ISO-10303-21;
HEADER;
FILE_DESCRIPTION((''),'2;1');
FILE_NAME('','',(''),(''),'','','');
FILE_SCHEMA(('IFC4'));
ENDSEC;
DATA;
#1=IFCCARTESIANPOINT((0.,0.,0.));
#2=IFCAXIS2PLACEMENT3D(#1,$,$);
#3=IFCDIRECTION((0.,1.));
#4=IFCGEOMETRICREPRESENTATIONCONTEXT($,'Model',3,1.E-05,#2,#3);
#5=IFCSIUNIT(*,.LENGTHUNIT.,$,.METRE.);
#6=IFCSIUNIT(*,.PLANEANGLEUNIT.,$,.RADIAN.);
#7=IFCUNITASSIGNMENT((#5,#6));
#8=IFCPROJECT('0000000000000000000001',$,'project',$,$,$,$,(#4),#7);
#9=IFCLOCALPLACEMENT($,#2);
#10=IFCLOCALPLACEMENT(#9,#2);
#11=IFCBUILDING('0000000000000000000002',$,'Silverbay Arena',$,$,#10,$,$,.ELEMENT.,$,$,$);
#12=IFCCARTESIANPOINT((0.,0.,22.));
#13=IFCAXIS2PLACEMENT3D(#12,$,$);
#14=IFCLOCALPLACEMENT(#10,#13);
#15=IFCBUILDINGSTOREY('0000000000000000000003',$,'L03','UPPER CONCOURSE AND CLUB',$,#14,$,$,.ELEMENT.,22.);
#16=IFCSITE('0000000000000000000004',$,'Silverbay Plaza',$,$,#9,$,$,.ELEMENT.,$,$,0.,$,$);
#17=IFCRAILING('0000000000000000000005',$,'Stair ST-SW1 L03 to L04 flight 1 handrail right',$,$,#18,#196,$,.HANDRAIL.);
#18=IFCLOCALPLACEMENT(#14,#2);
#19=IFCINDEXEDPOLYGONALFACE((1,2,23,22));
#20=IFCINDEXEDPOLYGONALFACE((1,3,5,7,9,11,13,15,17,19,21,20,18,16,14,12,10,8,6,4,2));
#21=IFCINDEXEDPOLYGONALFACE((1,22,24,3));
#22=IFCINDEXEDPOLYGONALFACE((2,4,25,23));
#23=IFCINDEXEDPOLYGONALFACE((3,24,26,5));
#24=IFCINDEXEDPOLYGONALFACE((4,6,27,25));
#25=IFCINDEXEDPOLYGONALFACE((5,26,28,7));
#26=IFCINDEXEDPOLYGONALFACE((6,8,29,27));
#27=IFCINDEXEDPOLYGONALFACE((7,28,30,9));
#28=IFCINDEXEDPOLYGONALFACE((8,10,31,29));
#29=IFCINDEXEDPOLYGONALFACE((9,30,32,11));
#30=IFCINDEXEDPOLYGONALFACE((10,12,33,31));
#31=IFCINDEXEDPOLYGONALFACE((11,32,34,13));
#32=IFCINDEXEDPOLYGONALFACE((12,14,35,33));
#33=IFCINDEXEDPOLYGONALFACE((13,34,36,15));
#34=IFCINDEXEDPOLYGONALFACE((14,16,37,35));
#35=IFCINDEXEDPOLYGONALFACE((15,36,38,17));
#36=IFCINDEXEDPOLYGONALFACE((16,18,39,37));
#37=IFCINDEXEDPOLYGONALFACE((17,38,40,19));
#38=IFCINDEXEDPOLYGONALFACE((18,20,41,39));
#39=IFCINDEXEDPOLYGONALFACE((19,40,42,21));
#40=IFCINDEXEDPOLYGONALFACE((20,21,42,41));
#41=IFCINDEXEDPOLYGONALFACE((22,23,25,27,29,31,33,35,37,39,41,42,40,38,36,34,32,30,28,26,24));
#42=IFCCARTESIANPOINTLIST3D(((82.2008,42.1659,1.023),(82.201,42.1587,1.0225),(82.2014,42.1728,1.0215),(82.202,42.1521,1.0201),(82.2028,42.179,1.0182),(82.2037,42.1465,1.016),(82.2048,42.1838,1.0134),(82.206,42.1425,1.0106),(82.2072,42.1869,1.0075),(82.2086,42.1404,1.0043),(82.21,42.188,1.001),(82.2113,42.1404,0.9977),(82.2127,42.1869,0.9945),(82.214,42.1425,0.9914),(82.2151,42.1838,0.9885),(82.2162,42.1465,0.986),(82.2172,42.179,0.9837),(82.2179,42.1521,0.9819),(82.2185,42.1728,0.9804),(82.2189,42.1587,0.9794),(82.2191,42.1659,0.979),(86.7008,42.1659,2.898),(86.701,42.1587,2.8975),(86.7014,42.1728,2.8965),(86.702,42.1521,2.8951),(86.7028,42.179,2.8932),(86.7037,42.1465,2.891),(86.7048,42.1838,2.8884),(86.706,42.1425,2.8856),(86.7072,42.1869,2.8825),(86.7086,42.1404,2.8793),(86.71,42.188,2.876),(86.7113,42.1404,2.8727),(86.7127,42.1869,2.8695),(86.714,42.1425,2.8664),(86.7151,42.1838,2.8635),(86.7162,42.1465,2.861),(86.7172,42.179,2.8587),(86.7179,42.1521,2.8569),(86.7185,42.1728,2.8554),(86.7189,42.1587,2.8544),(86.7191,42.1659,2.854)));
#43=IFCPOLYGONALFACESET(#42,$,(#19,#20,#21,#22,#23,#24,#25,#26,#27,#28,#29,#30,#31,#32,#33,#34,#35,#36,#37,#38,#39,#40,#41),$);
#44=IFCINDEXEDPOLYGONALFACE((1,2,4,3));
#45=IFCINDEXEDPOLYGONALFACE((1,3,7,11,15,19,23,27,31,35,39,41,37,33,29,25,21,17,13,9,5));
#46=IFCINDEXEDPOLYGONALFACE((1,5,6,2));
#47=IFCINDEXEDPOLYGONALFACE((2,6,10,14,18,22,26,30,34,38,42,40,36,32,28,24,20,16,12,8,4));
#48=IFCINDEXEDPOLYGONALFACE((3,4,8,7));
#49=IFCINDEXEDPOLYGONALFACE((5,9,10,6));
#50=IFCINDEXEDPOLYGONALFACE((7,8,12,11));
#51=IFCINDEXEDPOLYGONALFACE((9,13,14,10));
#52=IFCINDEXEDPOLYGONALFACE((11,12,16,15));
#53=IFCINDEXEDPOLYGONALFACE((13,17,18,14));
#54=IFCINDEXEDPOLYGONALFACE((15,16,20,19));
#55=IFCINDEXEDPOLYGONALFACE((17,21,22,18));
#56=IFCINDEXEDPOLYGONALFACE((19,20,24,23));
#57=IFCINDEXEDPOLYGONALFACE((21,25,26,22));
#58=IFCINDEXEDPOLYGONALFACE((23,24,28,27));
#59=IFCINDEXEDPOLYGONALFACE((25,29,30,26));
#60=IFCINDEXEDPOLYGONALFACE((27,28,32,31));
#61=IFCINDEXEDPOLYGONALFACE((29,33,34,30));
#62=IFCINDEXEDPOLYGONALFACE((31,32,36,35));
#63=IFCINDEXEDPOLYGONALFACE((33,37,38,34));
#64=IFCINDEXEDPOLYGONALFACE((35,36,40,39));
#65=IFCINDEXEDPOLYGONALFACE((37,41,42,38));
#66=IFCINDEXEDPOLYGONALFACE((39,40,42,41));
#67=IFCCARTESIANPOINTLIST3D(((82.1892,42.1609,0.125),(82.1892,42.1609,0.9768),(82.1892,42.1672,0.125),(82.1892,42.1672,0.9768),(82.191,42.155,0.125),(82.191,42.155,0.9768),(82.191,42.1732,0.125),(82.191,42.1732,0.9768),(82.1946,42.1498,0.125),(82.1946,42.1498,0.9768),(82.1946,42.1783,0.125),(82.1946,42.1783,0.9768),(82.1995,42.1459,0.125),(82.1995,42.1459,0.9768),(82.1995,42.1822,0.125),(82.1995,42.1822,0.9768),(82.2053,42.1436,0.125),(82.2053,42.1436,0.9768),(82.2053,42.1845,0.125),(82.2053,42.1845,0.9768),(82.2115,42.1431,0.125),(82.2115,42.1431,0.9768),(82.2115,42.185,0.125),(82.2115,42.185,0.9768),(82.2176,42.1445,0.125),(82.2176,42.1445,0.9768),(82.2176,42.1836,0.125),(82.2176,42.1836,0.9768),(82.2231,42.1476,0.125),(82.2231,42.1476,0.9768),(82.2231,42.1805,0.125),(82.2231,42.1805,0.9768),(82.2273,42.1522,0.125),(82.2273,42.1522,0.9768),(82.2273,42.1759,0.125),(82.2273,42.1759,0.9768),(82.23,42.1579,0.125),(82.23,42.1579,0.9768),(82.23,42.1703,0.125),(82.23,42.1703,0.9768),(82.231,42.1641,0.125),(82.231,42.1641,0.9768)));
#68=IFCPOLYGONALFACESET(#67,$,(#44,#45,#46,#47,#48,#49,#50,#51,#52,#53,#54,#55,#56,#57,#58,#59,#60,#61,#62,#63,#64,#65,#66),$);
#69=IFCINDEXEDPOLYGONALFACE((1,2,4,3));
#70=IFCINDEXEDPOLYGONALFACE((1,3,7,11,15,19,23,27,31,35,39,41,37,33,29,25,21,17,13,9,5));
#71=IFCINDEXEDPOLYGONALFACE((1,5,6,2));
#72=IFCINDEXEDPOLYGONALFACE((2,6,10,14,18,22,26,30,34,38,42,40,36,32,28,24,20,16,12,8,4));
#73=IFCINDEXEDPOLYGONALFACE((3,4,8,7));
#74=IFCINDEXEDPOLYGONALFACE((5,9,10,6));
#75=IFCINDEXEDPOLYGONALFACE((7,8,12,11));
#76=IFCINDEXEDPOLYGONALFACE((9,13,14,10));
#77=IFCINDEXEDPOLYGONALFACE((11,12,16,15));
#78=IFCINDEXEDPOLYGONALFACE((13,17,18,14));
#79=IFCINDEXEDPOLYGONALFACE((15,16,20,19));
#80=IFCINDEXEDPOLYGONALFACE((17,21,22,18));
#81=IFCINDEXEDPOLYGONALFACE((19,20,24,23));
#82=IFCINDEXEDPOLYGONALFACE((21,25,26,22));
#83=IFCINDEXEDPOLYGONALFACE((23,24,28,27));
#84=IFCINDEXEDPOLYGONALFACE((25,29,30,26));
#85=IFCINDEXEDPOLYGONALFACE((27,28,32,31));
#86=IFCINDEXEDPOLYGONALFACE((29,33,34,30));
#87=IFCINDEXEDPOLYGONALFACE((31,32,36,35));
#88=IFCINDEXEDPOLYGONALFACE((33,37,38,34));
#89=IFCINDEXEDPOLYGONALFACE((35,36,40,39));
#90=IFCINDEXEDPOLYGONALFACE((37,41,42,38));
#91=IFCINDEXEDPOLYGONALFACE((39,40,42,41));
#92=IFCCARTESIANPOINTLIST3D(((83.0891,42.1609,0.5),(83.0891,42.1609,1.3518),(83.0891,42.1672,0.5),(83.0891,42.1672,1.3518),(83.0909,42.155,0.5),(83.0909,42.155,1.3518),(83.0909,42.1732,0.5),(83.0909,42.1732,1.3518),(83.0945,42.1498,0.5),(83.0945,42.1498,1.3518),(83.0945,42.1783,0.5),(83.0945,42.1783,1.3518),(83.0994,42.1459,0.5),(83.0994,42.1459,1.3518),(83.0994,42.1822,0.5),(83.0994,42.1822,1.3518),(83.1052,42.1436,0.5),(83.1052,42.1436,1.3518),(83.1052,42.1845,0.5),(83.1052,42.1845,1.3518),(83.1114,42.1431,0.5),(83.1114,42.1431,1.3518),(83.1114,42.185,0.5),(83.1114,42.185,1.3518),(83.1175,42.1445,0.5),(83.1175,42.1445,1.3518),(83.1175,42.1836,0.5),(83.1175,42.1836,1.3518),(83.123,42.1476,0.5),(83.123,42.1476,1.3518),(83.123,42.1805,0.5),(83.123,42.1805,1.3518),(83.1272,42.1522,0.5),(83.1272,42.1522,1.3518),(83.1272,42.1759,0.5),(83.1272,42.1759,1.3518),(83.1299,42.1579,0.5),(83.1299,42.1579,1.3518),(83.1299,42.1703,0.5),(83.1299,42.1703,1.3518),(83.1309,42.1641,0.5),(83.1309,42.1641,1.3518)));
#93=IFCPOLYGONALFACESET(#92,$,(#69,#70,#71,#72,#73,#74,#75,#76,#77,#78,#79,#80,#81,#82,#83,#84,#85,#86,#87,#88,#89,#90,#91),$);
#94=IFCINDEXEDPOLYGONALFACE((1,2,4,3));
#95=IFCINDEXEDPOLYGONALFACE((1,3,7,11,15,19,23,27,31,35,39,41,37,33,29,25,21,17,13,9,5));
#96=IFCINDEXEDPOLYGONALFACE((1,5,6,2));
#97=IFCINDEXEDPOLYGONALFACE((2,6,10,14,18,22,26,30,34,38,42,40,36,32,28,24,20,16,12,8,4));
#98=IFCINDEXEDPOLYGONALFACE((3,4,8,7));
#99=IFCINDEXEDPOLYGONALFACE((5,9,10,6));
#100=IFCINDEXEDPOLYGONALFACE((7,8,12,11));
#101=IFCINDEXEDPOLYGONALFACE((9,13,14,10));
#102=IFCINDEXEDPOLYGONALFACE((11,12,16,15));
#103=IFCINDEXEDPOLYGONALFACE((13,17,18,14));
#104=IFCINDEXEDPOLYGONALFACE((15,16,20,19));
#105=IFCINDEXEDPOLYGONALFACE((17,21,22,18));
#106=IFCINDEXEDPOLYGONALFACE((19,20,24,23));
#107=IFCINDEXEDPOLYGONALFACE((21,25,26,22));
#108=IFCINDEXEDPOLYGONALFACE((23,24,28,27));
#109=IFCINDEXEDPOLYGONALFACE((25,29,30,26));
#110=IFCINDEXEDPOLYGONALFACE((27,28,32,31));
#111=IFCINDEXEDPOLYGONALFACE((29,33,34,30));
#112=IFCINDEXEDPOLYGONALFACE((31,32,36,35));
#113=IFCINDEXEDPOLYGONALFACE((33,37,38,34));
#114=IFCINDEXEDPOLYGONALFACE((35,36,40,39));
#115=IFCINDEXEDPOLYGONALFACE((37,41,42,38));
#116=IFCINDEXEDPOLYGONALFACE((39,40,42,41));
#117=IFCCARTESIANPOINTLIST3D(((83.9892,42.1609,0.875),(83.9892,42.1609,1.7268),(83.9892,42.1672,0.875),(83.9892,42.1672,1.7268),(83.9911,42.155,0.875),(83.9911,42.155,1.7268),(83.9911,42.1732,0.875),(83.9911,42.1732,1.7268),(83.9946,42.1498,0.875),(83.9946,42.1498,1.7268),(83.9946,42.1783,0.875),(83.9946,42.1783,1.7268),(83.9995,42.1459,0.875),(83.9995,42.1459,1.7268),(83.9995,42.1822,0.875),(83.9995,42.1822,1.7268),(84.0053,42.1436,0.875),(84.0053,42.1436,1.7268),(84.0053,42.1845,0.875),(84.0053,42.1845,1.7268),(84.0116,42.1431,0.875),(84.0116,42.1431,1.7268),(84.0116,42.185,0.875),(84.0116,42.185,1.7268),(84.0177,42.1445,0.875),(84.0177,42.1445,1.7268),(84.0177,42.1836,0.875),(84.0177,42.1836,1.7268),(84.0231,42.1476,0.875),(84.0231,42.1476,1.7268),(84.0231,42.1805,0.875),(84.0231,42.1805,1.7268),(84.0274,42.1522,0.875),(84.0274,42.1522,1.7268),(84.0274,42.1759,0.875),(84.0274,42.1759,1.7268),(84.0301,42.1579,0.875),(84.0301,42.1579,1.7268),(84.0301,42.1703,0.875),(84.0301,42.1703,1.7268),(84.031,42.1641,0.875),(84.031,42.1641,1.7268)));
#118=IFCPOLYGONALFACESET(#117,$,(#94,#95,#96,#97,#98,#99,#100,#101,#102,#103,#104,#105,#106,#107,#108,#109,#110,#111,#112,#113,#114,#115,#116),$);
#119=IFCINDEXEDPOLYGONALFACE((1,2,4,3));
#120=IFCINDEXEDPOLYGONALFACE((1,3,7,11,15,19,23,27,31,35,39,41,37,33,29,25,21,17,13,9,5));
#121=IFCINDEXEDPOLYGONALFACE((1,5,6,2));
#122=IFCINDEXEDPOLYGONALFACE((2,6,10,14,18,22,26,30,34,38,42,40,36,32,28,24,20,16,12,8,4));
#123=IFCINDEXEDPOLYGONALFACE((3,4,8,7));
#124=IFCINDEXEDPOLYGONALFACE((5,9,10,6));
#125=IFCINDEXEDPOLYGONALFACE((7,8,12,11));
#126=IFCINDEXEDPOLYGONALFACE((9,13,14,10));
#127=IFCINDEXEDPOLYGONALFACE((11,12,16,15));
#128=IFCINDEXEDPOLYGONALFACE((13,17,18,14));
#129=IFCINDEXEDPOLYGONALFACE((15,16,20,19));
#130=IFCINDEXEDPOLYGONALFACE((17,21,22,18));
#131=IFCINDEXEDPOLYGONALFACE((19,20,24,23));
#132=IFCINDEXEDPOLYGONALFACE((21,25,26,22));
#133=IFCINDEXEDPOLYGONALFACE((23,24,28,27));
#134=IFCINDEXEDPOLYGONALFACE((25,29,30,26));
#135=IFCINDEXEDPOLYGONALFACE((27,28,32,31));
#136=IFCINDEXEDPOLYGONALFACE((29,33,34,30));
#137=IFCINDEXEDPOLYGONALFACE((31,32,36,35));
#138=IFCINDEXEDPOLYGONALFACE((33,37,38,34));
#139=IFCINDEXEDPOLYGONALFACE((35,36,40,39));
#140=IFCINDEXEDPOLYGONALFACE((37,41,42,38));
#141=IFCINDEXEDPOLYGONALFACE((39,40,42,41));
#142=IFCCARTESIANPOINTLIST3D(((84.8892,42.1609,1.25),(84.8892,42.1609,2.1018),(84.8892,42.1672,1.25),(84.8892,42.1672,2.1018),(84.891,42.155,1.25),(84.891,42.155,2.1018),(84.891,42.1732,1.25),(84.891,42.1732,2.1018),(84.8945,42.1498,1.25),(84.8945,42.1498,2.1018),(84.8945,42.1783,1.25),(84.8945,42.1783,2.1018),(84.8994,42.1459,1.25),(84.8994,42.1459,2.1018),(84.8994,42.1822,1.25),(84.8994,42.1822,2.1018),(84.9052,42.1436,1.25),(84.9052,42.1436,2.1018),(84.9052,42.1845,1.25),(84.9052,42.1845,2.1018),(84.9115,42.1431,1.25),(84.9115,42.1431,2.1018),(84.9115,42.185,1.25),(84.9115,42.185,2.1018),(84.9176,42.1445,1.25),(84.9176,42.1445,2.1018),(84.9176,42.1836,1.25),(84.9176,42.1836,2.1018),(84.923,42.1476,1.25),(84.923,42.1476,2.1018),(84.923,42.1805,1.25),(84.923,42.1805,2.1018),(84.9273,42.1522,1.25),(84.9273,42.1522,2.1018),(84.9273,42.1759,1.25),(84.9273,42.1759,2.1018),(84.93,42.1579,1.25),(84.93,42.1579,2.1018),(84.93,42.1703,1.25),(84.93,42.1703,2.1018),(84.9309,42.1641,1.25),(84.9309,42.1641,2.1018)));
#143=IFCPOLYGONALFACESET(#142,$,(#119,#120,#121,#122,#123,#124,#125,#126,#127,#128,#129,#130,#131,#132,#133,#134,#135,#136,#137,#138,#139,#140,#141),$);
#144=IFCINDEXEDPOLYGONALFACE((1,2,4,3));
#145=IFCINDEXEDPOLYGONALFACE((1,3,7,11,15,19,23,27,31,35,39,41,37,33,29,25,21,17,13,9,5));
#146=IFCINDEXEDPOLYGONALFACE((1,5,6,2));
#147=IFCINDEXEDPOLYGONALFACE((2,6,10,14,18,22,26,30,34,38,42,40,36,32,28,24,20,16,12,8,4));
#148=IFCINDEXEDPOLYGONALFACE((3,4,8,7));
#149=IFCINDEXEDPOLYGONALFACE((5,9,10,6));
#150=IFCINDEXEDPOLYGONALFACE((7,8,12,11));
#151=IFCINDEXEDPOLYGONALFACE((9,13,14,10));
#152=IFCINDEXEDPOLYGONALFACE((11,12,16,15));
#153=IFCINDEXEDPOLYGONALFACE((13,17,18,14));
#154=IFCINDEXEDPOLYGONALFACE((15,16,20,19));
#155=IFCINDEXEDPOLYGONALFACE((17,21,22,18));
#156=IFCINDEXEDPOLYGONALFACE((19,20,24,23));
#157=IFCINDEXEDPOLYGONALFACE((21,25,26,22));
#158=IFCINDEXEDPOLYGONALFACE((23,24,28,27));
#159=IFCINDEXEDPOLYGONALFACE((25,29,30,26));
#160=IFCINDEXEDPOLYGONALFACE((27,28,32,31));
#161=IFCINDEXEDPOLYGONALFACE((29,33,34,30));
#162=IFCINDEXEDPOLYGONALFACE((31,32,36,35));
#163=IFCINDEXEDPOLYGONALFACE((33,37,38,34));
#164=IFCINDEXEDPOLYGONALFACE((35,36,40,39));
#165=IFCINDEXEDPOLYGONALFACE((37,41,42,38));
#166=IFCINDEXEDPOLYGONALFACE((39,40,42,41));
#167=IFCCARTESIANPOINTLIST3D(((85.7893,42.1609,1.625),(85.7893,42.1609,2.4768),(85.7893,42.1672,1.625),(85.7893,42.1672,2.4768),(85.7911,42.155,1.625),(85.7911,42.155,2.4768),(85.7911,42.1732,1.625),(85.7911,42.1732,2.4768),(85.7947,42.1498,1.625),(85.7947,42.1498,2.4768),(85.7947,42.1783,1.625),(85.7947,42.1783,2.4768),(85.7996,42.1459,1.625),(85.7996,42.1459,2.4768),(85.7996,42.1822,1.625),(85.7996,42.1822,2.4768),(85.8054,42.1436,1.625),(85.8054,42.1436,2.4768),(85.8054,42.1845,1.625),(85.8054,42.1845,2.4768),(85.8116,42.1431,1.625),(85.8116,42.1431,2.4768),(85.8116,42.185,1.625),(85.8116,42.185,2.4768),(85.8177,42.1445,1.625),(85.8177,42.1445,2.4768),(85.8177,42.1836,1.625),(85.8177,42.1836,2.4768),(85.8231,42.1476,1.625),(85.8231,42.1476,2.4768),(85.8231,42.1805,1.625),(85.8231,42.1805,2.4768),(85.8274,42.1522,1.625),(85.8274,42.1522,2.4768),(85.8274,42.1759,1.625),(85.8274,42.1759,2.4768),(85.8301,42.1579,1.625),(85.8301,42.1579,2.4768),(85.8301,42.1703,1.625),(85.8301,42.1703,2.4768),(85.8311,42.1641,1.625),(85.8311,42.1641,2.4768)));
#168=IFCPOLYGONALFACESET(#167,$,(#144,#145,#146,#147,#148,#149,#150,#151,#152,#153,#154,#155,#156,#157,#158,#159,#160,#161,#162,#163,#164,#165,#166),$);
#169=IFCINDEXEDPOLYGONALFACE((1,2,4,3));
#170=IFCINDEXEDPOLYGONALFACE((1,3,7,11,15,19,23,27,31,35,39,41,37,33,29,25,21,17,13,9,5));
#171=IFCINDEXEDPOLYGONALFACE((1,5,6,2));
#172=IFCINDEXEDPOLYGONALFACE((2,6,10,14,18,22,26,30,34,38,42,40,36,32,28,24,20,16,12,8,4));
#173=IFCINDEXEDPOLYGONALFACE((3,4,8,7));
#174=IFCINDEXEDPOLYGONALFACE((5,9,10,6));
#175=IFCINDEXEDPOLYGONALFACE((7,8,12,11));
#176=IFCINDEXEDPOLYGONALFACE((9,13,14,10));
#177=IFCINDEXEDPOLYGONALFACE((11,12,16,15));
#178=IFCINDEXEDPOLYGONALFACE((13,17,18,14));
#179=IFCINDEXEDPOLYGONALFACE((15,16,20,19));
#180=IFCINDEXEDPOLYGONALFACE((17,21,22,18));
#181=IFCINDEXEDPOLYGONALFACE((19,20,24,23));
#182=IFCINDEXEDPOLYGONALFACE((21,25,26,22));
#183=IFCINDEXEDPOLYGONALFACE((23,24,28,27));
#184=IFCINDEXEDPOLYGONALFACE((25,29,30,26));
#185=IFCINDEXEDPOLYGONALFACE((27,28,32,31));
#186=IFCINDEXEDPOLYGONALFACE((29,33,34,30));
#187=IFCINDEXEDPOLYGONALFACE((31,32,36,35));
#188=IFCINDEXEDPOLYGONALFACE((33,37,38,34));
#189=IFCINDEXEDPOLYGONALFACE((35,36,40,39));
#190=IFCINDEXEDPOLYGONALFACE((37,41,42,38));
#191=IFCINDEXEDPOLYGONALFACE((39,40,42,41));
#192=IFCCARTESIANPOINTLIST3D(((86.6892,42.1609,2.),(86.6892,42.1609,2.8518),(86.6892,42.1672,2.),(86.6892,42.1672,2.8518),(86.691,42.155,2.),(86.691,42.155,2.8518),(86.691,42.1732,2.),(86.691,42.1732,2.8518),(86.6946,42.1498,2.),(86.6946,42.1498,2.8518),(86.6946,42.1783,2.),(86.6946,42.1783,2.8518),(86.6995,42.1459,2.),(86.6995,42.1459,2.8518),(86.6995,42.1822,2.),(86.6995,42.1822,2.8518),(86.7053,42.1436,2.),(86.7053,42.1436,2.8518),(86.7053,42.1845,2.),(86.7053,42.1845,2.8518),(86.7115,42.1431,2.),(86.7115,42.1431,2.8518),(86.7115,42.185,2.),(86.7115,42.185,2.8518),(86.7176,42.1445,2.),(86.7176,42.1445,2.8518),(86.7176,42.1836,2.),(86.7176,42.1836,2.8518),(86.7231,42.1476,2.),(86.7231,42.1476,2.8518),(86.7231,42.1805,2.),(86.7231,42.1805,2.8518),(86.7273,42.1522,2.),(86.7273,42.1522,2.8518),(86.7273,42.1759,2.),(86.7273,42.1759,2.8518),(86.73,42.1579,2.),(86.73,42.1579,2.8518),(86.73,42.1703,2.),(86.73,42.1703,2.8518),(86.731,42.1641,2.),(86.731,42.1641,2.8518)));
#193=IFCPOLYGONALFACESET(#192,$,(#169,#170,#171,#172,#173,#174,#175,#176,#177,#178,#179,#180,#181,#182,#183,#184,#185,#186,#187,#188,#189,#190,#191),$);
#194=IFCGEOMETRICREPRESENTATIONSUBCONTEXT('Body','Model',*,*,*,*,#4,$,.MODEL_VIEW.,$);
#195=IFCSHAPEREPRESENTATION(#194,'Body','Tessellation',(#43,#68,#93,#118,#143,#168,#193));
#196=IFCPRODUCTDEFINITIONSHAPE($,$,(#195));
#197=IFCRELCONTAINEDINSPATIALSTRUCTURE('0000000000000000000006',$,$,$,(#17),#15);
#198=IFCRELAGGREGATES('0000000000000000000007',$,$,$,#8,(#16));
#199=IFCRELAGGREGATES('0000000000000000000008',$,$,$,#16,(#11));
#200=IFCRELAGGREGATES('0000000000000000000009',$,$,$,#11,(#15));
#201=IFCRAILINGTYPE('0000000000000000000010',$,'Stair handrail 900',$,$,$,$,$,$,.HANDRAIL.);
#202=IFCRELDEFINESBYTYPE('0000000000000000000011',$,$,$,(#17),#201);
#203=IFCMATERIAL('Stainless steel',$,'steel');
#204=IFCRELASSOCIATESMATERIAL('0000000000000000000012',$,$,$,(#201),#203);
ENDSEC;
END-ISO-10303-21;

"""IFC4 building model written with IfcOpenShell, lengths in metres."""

from ifc_helpers import new_model, si_unit, direction, frame, origin, origin_2d, place, context, subcontext, project, spatial, circle, extrude, material, type_object, element, save


model = new_model("IFC4")

# Units and contexts
model_context = context("Model", 3, precision=1e-05, world=origin(), true_north=direction((0.0, 1.0)))
body_context = subcontext(model_context, "Body", "Model", "MODEL_VIEW")
ifc_project = project(units=[si_unit("LENGTHUNIT", "METRE"), si_unit("PLANEANGLEUNIT", "RADIAN")], contexts=[model_context])

# Site, building, storey
site_placement = place(None, origin())
site = spatial("IfcSite", under=ifc_project, at=site_placement, Name="Silverbay Plaza", CompositionType="ELEMENT", RefElevation=0.0)
building_placement = place(site_placement, origin())
building = spatial("IfcBuilding", under=site, at=building_placement, Name="Silverbay Arena", CompositionType="ELEMENT")
storey_placement = place(building_placement, frame((0.0, 0.0, 22.0)))
storey = spatial("IfcBuildingStorey", under=building, at=storey_placement, Name="L03", Description="UPPER CONCOURSE AND CLUB", CompositionType="ELEMENT", Elevation=22.0)

# Railing
ifc_material_1 = material(Name="Stainless steel", Category="steel")
railing_type_1 = type_object("IfcRailingType", Name="Stair handrail 900", PredefinedType="HANDRAIL", material=ifc_material_1)
for number, where, name in (
    (1, (82.21, 42.1641, 0.125), "Stair ST-SW1 L03 to L04 flight 1 handrail right"),
):
    element("IfcRailing", number, at=place(storey_placement, frame(where)), inside=storey, type_object=railing_type_1, Name=name, PredefinedType="HANDRAIL", context=body_context, shape_type="SweptSolid", body=[
        extrude(circle(Radius=0.0239, at=origin_2d()), frame((0.0, 0.0, 0.876), z_axis=(0.923077, 0.0, 0.384615), x_axis=(0.0, 1.0, 0.0)), (0.0, 0.0, 1.0), 4.875),
        extrude(circle(Radius=0.021, at=origin_2d()), origin(), (0.0, 0.0, 1.0), 0.8518),
        extrude(circle(Radius=0.021, at=origin_2d()), frame((0.8999, 0.0, 0.375)), (0.0, 0.0, 1.0), 0.8518),
        extrude(circle(Radius=0.021, at=origin_2d()), frame((1.8, 0.0, 0.75)), (0.0, 0.0, 1.0), 0.8518),
        extrude(circle(Radius=0.021, at=origin_2d()), frame((2.7, 0.0, 1.125)), (0.0, 0.0, 1.0), 0.8518),
        extrude(circle(Radius=0.021, at=origin_2d()), frame((3.6001, 0.0, 1.5)), (0.0, 0.0, 1.0), 0.8518),
        extrude(circle(Radius=0.021, at=origin_2d()), frame((4.5, 0.0, 1.875)), (0.0, 0.0, 1.0), 0.8518),
    ])

save(model, "model.ifc")
